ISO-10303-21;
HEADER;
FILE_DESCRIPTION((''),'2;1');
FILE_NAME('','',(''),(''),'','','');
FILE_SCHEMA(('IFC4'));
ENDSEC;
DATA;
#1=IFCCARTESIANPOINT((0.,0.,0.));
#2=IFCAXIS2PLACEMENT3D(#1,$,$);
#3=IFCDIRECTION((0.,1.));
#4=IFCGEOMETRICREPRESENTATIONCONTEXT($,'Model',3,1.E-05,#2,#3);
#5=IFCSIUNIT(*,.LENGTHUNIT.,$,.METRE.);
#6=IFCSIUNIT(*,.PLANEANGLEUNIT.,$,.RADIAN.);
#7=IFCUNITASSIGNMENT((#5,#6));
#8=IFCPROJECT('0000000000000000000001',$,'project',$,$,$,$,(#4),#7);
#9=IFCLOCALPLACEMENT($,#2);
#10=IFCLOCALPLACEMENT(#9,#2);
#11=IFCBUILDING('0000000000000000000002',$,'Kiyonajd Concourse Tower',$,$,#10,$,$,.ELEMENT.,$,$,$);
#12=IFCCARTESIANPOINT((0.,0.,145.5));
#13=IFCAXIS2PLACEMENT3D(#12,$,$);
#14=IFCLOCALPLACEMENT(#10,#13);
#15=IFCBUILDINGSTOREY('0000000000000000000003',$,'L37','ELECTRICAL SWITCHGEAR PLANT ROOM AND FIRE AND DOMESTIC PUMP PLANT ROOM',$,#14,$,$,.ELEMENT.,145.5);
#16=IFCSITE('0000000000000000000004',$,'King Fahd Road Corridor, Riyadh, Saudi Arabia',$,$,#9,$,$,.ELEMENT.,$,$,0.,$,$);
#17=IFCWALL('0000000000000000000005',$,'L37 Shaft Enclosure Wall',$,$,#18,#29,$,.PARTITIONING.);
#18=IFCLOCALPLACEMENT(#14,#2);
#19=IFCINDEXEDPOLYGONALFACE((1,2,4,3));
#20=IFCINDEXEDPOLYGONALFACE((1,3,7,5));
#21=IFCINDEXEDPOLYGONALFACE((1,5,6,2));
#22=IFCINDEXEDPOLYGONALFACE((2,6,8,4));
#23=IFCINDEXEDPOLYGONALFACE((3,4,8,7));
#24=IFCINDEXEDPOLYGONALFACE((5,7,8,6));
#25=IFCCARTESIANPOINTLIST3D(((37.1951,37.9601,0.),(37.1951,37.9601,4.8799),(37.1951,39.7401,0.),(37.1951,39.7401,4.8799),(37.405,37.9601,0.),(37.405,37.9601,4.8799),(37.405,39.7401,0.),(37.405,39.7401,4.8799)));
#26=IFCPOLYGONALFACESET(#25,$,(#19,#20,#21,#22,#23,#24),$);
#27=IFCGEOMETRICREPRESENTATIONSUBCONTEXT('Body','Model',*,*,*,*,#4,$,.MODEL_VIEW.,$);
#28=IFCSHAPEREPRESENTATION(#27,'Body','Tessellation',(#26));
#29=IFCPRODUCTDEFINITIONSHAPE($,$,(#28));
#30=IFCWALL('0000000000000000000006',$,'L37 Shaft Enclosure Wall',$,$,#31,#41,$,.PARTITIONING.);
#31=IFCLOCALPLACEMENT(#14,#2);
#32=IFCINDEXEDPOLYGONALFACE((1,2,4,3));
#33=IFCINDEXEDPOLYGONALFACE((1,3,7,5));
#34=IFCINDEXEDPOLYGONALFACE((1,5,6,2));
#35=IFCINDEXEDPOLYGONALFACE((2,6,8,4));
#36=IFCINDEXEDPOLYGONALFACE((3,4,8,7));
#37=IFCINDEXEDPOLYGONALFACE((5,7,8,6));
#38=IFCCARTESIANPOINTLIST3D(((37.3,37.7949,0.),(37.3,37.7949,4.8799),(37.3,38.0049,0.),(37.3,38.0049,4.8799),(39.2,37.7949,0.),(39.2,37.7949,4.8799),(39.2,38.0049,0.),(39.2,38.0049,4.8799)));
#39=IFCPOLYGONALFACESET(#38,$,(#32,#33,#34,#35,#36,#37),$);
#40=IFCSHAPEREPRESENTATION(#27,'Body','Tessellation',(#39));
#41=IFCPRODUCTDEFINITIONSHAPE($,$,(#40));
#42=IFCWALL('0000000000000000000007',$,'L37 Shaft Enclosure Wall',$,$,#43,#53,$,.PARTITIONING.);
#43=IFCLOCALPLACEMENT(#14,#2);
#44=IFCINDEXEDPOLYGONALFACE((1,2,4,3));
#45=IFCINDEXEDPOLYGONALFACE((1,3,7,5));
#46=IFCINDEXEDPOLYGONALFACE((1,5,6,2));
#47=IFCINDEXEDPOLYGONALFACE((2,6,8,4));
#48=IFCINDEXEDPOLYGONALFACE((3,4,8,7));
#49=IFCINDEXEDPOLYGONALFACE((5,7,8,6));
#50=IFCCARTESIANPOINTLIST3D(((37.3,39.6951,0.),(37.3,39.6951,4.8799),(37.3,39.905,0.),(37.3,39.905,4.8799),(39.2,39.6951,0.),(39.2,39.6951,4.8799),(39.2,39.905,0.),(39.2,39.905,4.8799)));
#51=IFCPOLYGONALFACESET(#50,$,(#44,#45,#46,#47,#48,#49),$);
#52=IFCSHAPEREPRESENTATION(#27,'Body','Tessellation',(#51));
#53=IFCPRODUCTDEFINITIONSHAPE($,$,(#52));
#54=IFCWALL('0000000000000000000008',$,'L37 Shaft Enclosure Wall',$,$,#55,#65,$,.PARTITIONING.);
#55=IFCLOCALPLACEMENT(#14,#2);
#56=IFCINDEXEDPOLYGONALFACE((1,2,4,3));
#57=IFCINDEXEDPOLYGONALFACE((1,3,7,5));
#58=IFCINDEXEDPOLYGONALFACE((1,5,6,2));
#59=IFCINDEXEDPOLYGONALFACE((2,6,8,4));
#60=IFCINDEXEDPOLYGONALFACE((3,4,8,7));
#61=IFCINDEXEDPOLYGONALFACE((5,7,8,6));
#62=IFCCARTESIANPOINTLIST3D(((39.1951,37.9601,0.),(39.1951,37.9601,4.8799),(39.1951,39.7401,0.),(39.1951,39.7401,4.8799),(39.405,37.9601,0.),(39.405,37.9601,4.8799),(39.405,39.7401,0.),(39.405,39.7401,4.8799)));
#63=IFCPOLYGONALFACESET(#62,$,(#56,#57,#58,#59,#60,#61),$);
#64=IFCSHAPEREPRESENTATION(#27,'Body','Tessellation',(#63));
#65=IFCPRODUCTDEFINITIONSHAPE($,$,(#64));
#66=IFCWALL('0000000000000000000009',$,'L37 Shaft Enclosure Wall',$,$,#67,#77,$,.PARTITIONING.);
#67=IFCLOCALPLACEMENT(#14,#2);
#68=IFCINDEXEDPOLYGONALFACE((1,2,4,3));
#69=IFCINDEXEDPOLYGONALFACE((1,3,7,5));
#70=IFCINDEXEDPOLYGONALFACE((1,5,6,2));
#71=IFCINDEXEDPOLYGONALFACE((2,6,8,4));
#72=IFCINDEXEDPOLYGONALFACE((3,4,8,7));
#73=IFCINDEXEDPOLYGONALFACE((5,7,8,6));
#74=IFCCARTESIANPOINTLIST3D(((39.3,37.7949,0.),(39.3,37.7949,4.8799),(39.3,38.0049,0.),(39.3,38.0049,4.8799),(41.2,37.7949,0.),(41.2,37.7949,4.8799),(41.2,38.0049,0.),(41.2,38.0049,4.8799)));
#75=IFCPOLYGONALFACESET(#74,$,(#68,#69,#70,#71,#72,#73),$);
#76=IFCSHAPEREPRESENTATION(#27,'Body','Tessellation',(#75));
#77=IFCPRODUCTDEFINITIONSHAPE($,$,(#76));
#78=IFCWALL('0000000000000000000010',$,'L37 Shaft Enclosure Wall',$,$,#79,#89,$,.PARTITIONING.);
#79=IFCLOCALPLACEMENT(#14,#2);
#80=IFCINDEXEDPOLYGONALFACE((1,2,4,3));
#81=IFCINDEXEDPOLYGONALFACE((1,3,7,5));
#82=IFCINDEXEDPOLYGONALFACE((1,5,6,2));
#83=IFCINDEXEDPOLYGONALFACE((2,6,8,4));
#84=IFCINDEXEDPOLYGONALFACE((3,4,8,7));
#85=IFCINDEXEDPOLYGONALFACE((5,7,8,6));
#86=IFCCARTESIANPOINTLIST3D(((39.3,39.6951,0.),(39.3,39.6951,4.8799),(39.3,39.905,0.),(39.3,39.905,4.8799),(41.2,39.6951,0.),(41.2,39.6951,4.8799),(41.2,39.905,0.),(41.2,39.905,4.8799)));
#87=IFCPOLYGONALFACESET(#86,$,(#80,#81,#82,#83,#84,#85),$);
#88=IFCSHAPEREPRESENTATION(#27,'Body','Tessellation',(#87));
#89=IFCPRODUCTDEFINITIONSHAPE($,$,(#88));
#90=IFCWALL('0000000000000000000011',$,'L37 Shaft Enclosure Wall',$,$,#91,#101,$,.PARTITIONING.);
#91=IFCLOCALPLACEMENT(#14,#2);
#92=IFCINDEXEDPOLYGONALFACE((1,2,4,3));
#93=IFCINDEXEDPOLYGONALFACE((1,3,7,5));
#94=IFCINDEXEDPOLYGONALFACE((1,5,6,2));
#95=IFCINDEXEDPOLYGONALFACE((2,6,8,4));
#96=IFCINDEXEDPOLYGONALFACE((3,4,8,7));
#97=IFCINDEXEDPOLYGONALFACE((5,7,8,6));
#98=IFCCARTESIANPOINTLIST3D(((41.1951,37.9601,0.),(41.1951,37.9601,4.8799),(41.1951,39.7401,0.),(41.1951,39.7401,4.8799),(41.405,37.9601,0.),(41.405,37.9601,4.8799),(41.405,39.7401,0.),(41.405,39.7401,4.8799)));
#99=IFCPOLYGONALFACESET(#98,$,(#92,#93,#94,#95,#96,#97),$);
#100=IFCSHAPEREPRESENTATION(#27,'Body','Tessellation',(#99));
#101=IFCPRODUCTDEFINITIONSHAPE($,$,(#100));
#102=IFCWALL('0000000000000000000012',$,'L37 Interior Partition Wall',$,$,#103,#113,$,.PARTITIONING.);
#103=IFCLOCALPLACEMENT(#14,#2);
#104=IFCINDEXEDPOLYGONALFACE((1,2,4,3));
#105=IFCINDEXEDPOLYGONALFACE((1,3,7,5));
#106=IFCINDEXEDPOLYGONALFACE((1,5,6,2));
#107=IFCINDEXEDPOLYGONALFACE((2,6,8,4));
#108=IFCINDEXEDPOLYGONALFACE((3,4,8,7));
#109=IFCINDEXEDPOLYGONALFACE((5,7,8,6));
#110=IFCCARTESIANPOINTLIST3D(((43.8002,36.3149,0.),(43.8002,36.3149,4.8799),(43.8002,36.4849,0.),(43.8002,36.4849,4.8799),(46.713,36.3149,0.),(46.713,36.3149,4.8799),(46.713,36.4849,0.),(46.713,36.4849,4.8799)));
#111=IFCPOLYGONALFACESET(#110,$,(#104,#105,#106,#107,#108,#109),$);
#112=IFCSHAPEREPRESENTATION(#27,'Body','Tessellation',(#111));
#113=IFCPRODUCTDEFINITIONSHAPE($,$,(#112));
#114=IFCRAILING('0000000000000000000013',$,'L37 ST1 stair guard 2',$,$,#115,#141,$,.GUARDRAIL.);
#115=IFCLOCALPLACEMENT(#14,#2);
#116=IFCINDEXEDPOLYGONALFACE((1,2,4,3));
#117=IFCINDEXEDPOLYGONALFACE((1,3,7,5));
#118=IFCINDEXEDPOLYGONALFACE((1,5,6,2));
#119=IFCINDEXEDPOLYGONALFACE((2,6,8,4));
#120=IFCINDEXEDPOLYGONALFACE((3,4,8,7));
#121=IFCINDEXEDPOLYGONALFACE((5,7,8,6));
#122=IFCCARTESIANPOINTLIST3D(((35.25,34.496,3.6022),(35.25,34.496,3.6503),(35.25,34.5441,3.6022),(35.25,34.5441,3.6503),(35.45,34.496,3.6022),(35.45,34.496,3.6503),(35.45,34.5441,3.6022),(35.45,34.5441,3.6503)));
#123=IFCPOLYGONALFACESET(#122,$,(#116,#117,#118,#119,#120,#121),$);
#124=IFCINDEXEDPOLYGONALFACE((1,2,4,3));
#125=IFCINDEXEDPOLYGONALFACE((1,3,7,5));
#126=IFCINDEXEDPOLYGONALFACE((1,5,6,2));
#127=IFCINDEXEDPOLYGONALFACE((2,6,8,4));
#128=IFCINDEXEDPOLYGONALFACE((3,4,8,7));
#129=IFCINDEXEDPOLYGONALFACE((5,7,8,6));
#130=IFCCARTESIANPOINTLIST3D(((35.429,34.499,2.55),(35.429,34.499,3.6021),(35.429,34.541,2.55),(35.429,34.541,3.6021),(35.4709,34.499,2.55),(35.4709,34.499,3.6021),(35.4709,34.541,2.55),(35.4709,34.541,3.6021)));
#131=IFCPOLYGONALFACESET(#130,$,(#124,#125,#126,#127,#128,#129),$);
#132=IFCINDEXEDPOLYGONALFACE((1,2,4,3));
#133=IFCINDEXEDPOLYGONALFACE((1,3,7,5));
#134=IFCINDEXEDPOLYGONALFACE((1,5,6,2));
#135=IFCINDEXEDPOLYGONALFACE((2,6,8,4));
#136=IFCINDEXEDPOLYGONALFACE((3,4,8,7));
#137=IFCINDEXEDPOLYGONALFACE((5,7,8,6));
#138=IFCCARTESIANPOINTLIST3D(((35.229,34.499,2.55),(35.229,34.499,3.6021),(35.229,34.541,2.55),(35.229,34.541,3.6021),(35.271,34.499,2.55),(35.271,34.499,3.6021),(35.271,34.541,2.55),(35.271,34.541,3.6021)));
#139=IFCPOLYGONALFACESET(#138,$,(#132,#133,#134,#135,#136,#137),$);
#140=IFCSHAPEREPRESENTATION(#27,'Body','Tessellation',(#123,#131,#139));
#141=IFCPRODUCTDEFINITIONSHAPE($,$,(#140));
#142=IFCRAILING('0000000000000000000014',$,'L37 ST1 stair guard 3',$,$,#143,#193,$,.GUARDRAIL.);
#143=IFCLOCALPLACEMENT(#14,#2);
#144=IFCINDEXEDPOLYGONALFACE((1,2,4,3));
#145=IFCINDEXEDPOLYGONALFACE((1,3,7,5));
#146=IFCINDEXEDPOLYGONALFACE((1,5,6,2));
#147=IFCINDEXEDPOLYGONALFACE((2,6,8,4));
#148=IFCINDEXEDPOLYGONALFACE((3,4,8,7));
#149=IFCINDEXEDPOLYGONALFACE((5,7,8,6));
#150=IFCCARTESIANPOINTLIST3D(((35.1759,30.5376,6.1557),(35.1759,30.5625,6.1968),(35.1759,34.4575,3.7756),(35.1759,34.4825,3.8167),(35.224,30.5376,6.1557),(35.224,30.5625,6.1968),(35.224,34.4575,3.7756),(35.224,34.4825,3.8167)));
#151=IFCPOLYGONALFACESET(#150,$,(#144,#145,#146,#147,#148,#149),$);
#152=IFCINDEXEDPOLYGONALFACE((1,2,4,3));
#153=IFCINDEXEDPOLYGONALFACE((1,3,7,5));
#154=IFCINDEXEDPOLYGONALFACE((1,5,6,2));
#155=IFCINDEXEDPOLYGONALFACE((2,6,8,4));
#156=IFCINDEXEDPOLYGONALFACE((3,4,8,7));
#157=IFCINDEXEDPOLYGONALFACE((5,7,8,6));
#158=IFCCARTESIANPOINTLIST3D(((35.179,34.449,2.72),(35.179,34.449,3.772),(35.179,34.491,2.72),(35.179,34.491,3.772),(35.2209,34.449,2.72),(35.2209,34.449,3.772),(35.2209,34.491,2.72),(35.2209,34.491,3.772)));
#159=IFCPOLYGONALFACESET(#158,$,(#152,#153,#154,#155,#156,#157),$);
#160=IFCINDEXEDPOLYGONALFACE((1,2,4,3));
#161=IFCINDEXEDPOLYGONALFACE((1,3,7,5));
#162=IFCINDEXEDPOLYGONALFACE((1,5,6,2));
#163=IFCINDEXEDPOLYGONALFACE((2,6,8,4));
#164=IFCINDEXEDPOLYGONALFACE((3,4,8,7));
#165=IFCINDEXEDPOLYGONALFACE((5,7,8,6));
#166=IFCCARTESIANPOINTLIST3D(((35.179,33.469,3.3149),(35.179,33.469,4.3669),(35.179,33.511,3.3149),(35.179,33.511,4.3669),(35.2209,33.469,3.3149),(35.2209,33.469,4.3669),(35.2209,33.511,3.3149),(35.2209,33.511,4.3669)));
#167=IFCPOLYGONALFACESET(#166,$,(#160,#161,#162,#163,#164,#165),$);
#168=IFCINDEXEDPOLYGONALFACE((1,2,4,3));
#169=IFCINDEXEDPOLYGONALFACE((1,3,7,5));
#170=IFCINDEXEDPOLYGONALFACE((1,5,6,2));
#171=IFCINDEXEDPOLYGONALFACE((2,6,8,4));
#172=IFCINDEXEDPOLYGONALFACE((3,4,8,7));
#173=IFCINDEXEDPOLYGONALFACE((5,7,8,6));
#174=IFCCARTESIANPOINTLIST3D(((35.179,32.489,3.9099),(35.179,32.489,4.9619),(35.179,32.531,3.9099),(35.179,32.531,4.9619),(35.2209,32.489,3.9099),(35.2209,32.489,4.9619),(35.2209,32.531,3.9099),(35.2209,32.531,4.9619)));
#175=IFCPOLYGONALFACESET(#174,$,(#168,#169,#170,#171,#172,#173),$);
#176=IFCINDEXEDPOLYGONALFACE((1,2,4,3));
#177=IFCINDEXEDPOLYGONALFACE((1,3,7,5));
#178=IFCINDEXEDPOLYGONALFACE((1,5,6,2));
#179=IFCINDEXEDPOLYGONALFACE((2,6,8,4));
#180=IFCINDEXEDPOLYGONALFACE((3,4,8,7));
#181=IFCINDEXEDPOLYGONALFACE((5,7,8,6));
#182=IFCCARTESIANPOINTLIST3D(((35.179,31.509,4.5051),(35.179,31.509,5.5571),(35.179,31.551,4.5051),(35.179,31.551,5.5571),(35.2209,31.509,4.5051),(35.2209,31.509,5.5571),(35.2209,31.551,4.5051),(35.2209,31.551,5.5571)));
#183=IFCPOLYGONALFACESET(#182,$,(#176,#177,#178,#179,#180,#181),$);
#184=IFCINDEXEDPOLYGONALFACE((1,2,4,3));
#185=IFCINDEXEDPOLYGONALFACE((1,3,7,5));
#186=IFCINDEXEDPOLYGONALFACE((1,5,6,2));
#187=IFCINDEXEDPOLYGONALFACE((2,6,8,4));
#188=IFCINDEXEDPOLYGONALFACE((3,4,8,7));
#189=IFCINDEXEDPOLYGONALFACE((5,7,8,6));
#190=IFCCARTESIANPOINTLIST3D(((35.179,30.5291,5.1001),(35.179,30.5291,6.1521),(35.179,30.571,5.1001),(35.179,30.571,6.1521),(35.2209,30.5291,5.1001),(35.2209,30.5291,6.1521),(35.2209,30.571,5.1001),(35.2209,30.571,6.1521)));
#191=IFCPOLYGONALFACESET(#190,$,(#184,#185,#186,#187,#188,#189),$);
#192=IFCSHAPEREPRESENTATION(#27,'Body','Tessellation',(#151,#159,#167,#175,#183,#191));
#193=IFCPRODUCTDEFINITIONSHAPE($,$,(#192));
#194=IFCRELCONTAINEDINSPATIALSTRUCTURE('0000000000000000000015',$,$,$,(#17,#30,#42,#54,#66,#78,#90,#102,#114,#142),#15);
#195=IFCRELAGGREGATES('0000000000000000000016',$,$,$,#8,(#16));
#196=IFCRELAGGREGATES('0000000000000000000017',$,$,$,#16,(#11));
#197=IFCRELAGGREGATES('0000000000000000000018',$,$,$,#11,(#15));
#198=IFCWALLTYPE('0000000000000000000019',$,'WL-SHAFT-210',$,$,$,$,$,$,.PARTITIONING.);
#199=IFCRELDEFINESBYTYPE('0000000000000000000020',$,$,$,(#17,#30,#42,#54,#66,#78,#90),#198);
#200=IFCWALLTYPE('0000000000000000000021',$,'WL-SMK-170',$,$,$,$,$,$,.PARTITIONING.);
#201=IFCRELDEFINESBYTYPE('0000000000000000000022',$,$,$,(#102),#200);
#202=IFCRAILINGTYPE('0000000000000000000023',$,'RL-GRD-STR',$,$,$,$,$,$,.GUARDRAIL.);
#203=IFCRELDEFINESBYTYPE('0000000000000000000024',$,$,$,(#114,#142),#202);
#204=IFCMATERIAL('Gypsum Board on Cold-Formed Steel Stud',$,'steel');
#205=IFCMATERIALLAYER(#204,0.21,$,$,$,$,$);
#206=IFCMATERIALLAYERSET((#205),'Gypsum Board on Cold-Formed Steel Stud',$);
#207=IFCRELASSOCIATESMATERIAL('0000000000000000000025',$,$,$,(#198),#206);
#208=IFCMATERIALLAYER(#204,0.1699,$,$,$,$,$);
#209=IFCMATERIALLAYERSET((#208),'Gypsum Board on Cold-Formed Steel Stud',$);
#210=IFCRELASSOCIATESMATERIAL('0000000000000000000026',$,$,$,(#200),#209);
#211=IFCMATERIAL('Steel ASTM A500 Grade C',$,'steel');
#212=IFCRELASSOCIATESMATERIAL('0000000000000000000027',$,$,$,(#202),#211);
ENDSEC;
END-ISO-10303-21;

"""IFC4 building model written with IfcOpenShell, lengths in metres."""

from ifc_helpers import new_model, si_unit, direction, frame, frame_2d, origin, origin_2d, place, context, subcontext, project, spatial, rectangle, extrude, material, layer, layer_set, type_object, element, save


model = new_model("IFC4")

# Units and contexts
model_context = context("Model", 3, precision=1e-05, world=origin(), true_north=direction((0.0, 1.0)))
body_context = subcontext(model_context, "Body", "Model", "MODEL_VIEW")
ifc_project = project(units=[si_unit("LENGTHUNIT", "METRE"), si_unit("PLANEANGLEUNIT", "RADIAN")], contexts=[model_context])

# Site, building, storey
site_placement = place(None, origin())
site = spatial("IfcSite", under=ifc_project, at=site_placement, Name="King Fahd Road Corridor, Riyadh, Saudi Arabia", CompositionType="ELEMENT", RefElevation=0.0)
building_placement = place(site_placement, origin())
building = spatial("IfcBuilding", under=site, at=building_placement, Name="Kiyonajd Concourse Tower", CompositionType="ELEMENT")
storey_placement = place(building_placement, frame((0.0, 0.0, 145.5)))
storey = spatial("IfcBuildingStorey", under=building, at=storey_placement, Name="L37", Description="ELECTRICAL SWITCHGEAR PLANT ROOM AND FIRE AND DOMESTIC PUMP PLANT ROOM", CompositionType="ELEMENT", Elevation=145.5)

# Walls
ifc_material_1 = material(Name="Gypsum Board on Cold-Formed Steel Stud", Category="steel")
ifc_layer_1 = layer(ifc_material_1, 0.21)
ifc_layer_set_1 = layer_set([ifc_layer_1], Name="Gypsum Board on Cold-Formed Steel Stud")
wall_type_1 = type_object("IfcWallType", Name="WL-SHAFT-210", PredefinedType="PARTITIONING", material=ifc_layer_set_1)
wall_1_placement = place(storey_placement, frame((37.3, 37.96, 0.0), z_axis=(0.0, 0.0, 1.0), x_axis=(0.0, 1.0, 0.0)))
element("IfcWall", 1, at=wall_1_placement, inside=storey, type_object=wall_type_1, Name="L37 Shaft Enclosure Wall", PredefinedType="PARTITIONING", context=body_context, shape_type="SweptSolid", body=[
    extrude(rectangle(XDim=1.78, YDim=0.21, at=frame_2d((0.8901, 0.0))), origin(), (0.0, 0.0, 1.0), 4.8799),
])
for number, where, z_axis, x_axis, name in (
    (2, (37.3, 37.8999, 0.0), (0.0, 0.0, 1.0), (1.0, 0.0, 0.0), "L37 Shaft Enclosure Wall"),
    (3, (37.3, 39.8, 0.0), (0.0, 0.0, 1.0), (1.0, 0.0, 0.0), "L37 Shaft Enclosure Wall"),
):
    element("IfcWall", number, at=place(storey_placement, frame(where, z_axis=z_axis, x_axis=x_axis)), inside=storey, type_object=wall_type_1, Name=name, PredefinedType="PARTITIONING", context=body_context, shape_type="SweptSolid", body=[
        extrude(rectangle(XDim=1.8999, YDim=0.21, at=frame_2d((0.95, 0.0))), origin(), (0.0, 0.0, 1.0), 4.8799),
    ])
wall_2_placement = place(storey_placement, frame((39.3, 37.96, 0.0), z_axis=(0.0, 0.0, 1.0), x_axis=(0.0, 1.0, 0.0)))
element("IfcWall", 4, at=wall_2_placement, inside=storey, type_object=wall_type_1, Name="L37 Shaft Enclosure Wall", PredefinedType="PARTITIONING", context=body_context, shape_type="SweptSolid", body=[
    extrude(rectangle(XDim=1.78, YDim=0.21, at=frame_2d((0.8901, 0.0))), origin(), (0.0, 0.0, 1.0), 4.8799),
])
for number, where, z_axis, x_axis, name in (
    (5, (39.3, 37.8999, 0.0), (0.0, 0.0, 1.0), (1.0, 0.0, 0.0), "L37 Shaft Enclosure Wall"),
    (6, (39.3, 39.8, 0.0), (0.0, 0.0, 1.0), (1.0, 0.0, 0.0), "L37 Shaft Enclosure Wall"),
):
    element("IfcWall", number, at=place(storey_placement, frame(where, z_axis=z_axis, x_axis=x_axis)), inside=storey, type_object=wall_type_1, Name=name, PredefinedType="PARTITIONING", context=body_context, shape_type="SweptSolid", body=[
        extrude(rectangle(XDim=1.8999, YDim=0.21, at=frame_2d((0.95, 0.0))), origin(), (0.0, 0.0, 1.0), 4.8799),
    ])
wall_3_placement = place(storey_placement, frame((41.3, 37.96, 0.0), z_axis=(0.0, 0.0, 1.0), x_axis=(0.0, 1.0, 0.0)))
element("IfcWall", 7, at=wall_3_placement, inside=storey, type_object=wall_type_1, Name="L37 Shaft Enclosure Wall", PredefinedType="PARTITIONING", context=body_context, shape_type="SweptSolid", body=[
    extrude(rectangle(XDim=1.78, YDim=0.21, at=frame_2d((0.8901, 0.0))), origin(), (0.0, 0.0, 1.0), 4.8799),
])
ifc_layer_2 = layer(ifc_material_1, 0.1699)
ifc_layer_set_2 = layer_set([ifc_layer_2], Name="Gypsum Board on Cold-Formed Steel Stud")
wall_type_2 = type_object("IfcWallType", Name="WL-SMK-170", PredefinedType="PARTITIONING", material=ifc_layer_set_2)
wall_4_placement = place(storey_placement, frame((43.8, 36.3999, 0.0), z_axis=(0.0, 0.0, 1.0), x_axis=(1.0, 0.0, 0.0)))
element("IfcWall", 8, at=wall_4_placement, inside=storey, type_object=wall_type_2, Name="L37 Interior Partition Wall", PredefinedType="PARTITIONING", context=body_context, shape_type="SweptSolid", body=[
    extrude(rectangle(XDim=2.9128, YDim=0.1699, at=frame_2d((1.4565, 0.0))), origin(), (0.0, 0.0, 1.0), 4.8799),
])

# Railings
ifc_material_2 = material(Name="Steel ASTM A500 Grade C", Category="steel")
railing_type = type_object("IfcRailingType", Name="RL-GRD-STR", PredefinedType="GUARDRAIL", material=ifc_material_2)
railing_1_placement = place(storey_placement, frame((35.45, 34.52, 2.55)))
element("IfcRailing", 9, at=railing_1_placement, inside=storey, type_object=railing_type, Name="L37 ST1 stair guard 2", PredefinedType="GUARDRAIL", context=body_context, shape_type="SweptSolid", body=[
    extrude(rectangle(XDim=0.0481, YDim=0.0481, at=origin_2d()), frame((0.0, 0.0, 1.0762), z_axis=(-1.0, 0.0, 0.0), x_axis=(0.0, -1.0, 0.0)), (0.0, 0.0, 1.0), 0.2),
    extrude(rectangle(XDim=0.042, YDim=0.042, at=origin_2d()), origin(), (0.0, 0.0, 1.0), 1.052),
    extrude(rectangle(XDim=0.042, YDim=0.042, at=origin_2d()), frame((-0.2, 0.0, 0.0)), (0.0, 0.0, 1.0), 1.052),
])
railing_2_placement = place(storey_placement, frame((35.2, 34.47, 2.72)))
element("IfcRailing", 10, at=railing_2_placement, inside=storey, type_object=railing_type, Name="L37 ST1 stair guard 3", PredefinedType="GUARDRAIL", context=body_context, shape_type="SweptSolid", body=[
    extrude(rectangle(XDim=0.0481, YDim=0.0481, at=origin_2d()), frame((0.0, 0.0, 1.0762), z_axis=(0.0, -0.854771, 0.519006), x_axis=(1.0, 0.0, 0.0)), (0.0, 0.0, 1.0), 4.5859),
    extrude(rectangle(XDim=0.042, YDim=0.042, at=origin_2d()), origin(), (0.0, 0.0, 1.0), 1.052),
    extrude(rectangle(XDim=0.042, YDim=0.042, at=origin_2d()), frame((0.0, -0.98, 0.595)), (0.0, 0.0, 1.0), 1.052),
    extrude(rectangle(XDim=0.042, YDim=0.042, at=origin_2d()), frame((0.0, -1.96, 1.1899)), (0.0, 0.0, 1.0), 1.052),
    extrude(rectangle(XDim=0.042, YDim=0.042, at=origin_2d()), frame((0.0, -2.9399, 1.7852)), (0.0, 0.0, 1.0), 1.052),
    extrude(rectangle(XDim=0.042, YDim=0.042, at=origin_2d()), frame((0.0, -3.9199, 2.3801)), (0.0, 0.0, 1.0), 1.052),
])

save(model, "model.ifc")
